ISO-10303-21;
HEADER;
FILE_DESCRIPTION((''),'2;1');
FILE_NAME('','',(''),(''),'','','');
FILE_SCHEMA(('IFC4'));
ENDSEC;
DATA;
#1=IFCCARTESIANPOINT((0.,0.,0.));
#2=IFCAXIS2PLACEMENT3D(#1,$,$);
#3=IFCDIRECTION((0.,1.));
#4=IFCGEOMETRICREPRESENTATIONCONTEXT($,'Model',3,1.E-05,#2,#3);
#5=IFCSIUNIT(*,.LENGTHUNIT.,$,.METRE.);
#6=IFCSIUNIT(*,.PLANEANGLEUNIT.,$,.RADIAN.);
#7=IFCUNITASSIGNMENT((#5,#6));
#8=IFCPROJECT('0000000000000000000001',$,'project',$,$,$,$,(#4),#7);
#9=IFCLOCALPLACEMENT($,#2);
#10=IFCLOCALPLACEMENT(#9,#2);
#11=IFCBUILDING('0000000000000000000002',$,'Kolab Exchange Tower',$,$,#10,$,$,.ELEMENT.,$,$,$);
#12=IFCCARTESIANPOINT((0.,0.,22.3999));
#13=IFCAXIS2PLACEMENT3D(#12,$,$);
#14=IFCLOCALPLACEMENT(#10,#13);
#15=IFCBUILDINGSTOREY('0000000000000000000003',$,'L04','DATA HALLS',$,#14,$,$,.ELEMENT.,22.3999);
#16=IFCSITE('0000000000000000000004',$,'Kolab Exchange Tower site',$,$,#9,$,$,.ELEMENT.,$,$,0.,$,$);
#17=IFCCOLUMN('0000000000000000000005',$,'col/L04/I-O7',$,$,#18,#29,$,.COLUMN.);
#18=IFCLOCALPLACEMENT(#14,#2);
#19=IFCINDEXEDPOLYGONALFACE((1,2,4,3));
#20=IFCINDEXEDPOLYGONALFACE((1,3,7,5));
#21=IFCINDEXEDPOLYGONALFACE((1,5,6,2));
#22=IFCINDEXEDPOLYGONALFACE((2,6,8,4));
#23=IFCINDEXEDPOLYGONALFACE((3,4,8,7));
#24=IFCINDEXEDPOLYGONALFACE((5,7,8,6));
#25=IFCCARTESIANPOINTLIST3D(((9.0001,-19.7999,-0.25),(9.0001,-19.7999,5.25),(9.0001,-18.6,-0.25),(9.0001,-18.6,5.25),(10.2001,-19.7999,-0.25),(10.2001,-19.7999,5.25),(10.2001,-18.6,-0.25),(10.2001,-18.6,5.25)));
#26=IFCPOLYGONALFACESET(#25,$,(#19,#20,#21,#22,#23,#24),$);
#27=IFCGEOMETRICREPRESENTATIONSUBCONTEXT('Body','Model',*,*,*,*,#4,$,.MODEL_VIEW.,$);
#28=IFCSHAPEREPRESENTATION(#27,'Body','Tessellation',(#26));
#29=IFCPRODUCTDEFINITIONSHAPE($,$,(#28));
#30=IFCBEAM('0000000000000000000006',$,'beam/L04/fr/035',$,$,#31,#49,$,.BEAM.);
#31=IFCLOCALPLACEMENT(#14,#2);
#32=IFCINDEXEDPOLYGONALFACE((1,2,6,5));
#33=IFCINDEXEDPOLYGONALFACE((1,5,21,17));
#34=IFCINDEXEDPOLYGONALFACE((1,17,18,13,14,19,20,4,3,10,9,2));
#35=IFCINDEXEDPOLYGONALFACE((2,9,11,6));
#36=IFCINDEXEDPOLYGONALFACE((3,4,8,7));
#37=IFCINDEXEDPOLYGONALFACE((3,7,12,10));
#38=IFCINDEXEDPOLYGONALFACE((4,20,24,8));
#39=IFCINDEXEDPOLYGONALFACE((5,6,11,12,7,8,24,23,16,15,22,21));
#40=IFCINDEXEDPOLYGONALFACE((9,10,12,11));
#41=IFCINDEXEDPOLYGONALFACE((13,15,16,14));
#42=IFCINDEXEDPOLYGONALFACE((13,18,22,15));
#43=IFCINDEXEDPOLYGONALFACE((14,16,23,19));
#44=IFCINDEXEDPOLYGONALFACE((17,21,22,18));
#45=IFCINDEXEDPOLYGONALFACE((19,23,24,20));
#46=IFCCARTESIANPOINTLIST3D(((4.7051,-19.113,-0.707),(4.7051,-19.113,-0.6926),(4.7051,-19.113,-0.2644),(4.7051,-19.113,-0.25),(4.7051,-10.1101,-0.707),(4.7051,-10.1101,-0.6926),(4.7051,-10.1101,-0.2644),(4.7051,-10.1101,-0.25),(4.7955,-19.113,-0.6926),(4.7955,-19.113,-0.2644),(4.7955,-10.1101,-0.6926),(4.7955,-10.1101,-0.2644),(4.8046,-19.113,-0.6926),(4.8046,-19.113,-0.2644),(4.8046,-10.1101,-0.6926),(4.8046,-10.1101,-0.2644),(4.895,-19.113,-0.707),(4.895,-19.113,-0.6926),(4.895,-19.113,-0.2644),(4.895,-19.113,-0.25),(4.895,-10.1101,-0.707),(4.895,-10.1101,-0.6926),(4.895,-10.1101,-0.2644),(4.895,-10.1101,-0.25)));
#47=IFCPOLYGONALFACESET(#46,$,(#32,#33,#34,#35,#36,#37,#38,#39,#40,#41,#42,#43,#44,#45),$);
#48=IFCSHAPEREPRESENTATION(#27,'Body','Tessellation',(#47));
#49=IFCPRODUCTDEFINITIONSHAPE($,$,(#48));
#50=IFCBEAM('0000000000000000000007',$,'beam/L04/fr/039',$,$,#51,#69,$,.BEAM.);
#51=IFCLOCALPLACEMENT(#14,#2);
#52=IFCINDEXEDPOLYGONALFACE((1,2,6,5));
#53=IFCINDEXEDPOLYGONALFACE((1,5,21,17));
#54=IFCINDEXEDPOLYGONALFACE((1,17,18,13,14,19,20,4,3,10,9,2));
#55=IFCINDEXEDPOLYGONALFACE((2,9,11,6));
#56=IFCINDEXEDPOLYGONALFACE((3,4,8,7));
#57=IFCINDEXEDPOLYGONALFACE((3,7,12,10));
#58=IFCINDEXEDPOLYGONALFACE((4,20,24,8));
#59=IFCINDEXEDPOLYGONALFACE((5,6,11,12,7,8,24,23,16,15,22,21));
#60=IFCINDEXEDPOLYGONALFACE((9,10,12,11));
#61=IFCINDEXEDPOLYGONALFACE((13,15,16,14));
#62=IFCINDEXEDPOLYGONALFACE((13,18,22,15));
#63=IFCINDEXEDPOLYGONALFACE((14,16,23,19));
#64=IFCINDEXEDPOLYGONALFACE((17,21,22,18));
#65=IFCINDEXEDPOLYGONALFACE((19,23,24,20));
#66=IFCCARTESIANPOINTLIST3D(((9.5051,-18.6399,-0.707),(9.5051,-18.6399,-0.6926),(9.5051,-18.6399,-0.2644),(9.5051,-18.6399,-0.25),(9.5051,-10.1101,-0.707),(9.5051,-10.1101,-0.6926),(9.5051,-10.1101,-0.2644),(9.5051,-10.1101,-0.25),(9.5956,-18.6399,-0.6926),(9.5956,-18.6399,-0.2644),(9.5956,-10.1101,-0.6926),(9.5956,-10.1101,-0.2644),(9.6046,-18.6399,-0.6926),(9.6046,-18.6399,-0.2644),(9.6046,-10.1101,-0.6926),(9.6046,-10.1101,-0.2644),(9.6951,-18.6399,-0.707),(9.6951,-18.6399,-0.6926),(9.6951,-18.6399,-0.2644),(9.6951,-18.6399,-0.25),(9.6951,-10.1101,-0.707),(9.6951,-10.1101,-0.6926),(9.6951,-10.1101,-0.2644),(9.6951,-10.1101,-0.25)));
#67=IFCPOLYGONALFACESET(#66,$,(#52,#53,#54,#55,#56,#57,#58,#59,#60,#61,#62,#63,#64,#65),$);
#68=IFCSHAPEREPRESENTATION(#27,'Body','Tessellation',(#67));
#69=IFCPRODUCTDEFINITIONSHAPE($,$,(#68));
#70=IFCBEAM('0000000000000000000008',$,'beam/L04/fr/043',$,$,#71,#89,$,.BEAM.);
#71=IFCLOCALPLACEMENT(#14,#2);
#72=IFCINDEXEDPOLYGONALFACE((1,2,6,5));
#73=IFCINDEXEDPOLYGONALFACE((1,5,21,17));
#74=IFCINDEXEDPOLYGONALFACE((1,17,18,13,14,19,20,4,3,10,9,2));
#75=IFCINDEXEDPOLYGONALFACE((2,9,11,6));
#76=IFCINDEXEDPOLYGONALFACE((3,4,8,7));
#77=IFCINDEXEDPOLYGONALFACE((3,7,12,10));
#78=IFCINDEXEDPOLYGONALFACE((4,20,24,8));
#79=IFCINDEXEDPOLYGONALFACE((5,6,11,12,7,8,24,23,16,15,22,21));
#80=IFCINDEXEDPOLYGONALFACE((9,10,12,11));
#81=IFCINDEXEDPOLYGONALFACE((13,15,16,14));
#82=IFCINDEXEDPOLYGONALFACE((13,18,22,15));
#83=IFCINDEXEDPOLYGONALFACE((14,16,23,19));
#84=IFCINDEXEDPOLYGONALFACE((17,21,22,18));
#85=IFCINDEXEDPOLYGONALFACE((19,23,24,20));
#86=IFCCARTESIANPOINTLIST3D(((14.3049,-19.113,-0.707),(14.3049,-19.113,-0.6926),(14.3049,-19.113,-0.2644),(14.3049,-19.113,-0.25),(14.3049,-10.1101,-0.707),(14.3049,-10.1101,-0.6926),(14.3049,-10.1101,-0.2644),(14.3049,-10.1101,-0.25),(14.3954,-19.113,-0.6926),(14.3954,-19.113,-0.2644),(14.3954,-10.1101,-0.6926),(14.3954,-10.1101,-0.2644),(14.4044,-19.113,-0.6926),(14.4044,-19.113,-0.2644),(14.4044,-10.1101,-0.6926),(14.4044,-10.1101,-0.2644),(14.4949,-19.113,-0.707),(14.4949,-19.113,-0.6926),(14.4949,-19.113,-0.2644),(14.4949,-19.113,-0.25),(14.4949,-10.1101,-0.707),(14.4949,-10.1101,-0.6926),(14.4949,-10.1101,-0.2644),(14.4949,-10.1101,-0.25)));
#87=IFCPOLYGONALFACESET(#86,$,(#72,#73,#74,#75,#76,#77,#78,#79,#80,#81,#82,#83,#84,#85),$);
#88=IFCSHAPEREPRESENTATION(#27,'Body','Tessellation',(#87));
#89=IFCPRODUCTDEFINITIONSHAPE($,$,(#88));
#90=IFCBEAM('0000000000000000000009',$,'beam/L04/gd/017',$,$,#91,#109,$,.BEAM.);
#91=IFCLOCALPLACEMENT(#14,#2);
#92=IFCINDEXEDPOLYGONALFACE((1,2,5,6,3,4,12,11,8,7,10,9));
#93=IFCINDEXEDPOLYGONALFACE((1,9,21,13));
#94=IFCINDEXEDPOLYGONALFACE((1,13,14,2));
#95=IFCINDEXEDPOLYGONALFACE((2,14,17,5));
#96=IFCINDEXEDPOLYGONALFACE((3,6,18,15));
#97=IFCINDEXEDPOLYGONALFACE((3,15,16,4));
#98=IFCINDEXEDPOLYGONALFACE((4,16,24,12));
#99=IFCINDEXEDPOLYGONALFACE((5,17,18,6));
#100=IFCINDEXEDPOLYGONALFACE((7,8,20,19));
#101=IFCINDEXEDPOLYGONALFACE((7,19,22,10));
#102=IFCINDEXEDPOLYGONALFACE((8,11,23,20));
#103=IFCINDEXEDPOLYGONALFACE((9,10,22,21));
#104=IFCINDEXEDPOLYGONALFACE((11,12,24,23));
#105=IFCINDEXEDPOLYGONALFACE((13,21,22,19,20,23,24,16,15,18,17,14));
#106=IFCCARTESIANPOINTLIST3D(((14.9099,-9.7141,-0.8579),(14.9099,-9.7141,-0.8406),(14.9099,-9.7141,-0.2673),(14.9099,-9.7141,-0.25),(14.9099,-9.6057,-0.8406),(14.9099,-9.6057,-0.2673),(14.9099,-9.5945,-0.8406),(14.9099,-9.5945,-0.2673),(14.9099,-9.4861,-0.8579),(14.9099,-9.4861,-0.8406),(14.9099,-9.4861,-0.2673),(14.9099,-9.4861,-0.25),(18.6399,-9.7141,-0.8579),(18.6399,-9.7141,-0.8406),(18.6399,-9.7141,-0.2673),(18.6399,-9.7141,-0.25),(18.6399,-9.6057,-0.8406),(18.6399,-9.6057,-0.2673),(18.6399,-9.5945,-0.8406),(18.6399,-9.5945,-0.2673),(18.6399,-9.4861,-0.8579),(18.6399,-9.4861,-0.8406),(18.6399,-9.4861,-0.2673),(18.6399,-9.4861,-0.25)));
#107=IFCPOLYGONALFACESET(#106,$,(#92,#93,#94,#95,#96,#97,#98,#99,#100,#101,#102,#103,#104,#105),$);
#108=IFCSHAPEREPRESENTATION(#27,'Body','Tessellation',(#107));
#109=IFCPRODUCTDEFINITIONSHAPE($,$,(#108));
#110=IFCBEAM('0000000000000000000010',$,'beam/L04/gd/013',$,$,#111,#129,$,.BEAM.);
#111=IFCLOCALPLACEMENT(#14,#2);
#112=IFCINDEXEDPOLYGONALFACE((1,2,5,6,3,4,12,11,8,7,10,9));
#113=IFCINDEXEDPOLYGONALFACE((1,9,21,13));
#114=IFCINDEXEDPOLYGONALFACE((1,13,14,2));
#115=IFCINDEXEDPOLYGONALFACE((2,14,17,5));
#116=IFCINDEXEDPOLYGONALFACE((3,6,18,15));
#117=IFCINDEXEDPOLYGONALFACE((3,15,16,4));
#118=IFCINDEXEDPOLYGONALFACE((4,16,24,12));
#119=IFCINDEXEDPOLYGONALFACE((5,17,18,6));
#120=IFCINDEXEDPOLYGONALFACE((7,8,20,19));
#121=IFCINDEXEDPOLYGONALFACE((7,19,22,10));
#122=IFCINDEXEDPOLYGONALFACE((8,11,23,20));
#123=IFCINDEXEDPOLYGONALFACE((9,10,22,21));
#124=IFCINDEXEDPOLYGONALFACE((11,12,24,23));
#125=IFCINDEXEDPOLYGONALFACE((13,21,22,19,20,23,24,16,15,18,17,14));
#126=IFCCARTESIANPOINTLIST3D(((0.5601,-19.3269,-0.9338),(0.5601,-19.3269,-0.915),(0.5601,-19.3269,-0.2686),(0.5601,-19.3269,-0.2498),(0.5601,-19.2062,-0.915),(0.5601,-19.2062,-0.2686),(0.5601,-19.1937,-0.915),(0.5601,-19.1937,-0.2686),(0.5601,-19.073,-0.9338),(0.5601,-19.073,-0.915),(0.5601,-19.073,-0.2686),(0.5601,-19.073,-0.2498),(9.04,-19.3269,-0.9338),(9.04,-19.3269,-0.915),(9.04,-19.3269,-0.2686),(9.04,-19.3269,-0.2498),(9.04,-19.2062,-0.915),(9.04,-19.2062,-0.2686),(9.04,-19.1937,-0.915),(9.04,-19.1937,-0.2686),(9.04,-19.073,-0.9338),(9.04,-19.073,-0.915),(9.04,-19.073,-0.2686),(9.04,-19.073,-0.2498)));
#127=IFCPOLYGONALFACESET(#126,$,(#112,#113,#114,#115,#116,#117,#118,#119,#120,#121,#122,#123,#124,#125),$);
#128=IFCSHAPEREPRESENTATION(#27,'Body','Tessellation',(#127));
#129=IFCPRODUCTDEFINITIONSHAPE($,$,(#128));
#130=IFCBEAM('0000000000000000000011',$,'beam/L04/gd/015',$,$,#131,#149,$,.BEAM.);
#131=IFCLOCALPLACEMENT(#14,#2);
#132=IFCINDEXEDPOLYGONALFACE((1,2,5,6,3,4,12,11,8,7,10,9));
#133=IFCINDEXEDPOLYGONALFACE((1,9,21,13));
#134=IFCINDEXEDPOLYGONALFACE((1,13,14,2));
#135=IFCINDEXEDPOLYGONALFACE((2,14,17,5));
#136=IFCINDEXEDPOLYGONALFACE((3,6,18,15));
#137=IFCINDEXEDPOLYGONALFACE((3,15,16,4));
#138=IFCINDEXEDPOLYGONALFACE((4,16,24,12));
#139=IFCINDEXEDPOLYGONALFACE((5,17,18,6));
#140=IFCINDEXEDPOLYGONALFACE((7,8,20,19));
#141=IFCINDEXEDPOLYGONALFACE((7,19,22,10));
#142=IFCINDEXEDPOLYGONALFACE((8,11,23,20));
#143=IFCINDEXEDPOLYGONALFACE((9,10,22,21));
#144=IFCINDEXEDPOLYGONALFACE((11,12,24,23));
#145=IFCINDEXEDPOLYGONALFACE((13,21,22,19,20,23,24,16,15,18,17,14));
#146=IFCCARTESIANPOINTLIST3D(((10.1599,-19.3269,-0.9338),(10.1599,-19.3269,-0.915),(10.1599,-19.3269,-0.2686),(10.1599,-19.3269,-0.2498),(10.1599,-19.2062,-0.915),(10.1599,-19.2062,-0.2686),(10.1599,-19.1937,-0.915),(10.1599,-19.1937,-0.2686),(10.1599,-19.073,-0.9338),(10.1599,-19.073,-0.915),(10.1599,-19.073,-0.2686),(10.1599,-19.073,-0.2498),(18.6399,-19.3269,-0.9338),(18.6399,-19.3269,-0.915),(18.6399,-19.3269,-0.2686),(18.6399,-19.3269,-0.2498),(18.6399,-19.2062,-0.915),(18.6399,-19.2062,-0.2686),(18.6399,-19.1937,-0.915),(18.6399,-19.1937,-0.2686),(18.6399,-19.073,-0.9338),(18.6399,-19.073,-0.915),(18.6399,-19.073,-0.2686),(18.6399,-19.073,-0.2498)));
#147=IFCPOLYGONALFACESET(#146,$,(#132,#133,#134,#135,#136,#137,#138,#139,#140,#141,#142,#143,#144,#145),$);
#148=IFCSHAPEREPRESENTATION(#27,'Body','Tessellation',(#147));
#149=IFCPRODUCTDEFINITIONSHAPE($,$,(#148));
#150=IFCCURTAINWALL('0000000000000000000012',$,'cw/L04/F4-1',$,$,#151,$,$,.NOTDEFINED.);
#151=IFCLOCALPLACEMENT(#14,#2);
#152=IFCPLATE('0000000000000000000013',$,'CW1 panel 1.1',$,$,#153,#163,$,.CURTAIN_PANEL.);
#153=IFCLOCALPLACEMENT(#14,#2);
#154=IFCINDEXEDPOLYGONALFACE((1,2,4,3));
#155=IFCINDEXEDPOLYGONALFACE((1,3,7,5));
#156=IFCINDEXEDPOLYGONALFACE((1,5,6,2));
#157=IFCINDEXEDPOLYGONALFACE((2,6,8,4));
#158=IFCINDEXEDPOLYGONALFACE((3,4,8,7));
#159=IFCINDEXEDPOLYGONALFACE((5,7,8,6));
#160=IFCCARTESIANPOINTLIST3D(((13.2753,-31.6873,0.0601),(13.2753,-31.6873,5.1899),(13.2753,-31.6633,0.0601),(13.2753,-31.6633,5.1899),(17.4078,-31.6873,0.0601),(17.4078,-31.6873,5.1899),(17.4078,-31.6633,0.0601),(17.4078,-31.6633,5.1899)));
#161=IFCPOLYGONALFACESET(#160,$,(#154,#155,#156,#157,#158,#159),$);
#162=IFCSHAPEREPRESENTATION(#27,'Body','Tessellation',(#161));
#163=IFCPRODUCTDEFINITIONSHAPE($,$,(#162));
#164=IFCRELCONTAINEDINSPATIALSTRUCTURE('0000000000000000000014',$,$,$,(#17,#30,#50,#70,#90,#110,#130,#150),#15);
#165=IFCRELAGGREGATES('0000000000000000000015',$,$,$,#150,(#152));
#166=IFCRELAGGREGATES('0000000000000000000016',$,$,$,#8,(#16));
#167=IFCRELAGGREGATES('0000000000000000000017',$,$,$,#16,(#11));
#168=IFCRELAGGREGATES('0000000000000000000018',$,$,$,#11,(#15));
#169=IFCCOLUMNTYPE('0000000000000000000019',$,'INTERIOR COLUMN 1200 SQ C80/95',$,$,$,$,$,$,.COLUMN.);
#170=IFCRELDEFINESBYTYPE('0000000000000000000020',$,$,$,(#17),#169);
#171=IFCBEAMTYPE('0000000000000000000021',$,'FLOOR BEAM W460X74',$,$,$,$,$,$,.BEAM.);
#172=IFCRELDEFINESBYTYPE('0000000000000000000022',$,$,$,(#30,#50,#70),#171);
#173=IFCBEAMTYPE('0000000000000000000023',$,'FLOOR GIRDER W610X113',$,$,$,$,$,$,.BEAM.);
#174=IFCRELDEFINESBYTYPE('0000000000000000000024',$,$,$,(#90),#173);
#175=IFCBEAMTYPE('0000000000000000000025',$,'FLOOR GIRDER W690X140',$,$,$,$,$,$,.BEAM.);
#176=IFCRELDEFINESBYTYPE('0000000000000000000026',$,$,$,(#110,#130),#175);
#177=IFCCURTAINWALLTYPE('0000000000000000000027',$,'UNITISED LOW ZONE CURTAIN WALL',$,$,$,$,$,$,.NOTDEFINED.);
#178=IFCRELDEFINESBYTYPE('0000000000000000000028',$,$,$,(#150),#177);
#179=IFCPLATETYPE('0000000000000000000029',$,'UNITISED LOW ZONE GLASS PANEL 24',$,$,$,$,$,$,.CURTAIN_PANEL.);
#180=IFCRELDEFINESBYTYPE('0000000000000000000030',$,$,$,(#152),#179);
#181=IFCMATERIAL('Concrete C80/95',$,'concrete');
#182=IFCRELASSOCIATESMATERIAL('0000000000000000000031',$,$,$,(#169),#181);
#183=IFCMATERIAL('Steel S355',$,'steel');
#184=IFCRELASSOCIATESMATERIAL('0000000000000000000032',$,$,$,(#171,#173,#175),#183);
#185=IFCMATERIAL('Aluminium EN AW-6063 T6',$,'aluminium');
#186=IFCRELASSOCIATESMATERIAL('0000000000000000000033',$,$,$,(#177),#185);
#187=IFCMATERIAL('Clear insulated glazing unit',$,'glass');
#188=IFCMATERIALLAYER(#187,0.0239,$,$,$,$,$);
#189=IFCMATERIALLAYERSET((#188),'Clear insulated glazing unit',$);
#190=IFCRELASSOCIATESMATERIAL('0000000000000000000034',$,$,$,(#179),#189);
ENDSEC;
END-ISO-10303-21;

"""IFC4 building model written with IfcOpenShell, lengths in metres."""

from ifc_helpers import new_model, si_unit, direction, frame, origin, origin_2d, place, context, subcontext, project, spatial, rectangle, i_section, extrude, material, layer, layer_set, material_profile, profile_set, type_object, element, aggregate, save


model = new_model("IFC4")

# Units and contexts
model_context = context("Model", 3, precision=1e-05, world=origin(), true_north=direction((0.0, 1.0)))
body_context = subcontext(model_context, "Body", "Model", "MODEL_VIEW")
ifc_project = project(units=[si_unit("LENGTHUNIT", "METRE"), si_unit("PLANEANGLEUNIT", "RADIAN")], contexts=[model_context])

# Site, building, storey
site_placement = place(None, origin())
site = spatial("IfcSite", under=ifc_project, at=site_placement, Name="Kolab Exchange Tower site", CompositionType="ELEMENT", RefElevation=0.0)
building_placement = place(site_placement, origin())
building = spatial("IfcBuilding", under=site, at=building_placement, Name="Kolab Exchange Tower", CompositionType="ELEMENT")
storey_placement = place(building_placement, frame((0.0, 0.0, 22.3999)))
storey = spatial("IfcBuildingStorey", under=building, at=storey_placement, Name="L04", Description="DATA HALLS", CompositionType="ELEMENT", Elevation=22.3999)

# Column
ifc_material_1 = material(Name="Concrete C80/95", Category="concrete")
ifc_material_profile_1 = material_profile(ifc_material_1, rectangle(XDim=1.2, YDim=1.2, at=origin_2d()), Name="RC1200")
ifc_profile_set_1 = profile_set([ifc_material_profile_1], Name="Concrete C80/95")
column_type = type_object("IfcColumnType", Name="INTERIOR COLUMN 1200 SQ C80/95", PredefinedType="COLUMN", material=ifc_profile_set_1)
column_placement = place(storey_placement, frame((9.6001, -19.2, -0.25), z_axis=(0.0, 0.0, 1.0), x_axis=(1.0, 0.0, 0.0)))
element("IfcColumn", 1, at=column_placement, inside=storey, type_object=column_type, Name="col/L04/I-O7", PredefinedType="COLUMN", context=body_context, shape_type="SweptSolid", body=[
    extrude(rectangle(XDim=1.2, YDim=1.2, at=origin_2d()), origin(), (0.0, 0.0, 1.0), 5.5),
])

# Beams
ifc_material_2 = material(Name="Steel S355", Category="steel")
ifc_material_profile_2 = material_profile(ifc_material_2, i_section(OverallWidth=0.1899, OverallDepth=0.457, WebThickness=0.009, FlangeThickness=0.0144, at=origin_2d()), Name="W460X74")
ifc_profile_set_2 = profile_set([ifc_material_profile_2], Name="Steel S355")
beam_type_1 = type_object("IfcBeamType", Name="FLOOR BEAM W460X74", PredefinedType="BEAM", material=ifc_profile_set_2)
beam_1_placement = place(storey_placement, frame((4.8, -19.113, -0.4785), z_axis=(0.0, 1.0, 0.0), x_axis=(-1.0, 0.0, 0.0)))
element("IfcBeam", 2, at=beam_1_placement, inside=storey, type_object=beam_type_1, Name="beam/L04/fr/035", PredefinedType="BEAM", context=body_context, shape_type="SweptSolid", body=[
    extrude(i_section(OverallWidth=0.1899, OverallDepth=0.457, WebThickness=0.009, FlangeThickness=0.0144, at=origin_2d()), origin(), (0.0, 0.0, 1.0), 9.0029),
])
beam_2_placement = place(storey_placement, frame((9.6001, -18.6399, -0.4785), z_axis=(0.0, 1.0, 0.0), x_axis=(-1.0, 0.0, 0.0)))
element("IfcBeam", 3, at=beam_2_placement, inside=storey, type_object=beam_type_1, Name="beam/L04/fr/039", PredefinedType="BEAM", context=body_context, shape_type="SweptSolid", body=[
    extrude(i_section(OverallWidth=0.1899, OverallDepth=0.457, WebThickness=0.009, FlangeThickness=0.0144, at=origin_2d()), origin(), (0.0, 0.0, 1.0), 8.5298),
])
beam_3_placement = place(storey_placement, frame((14.3999, -19.113, -0.4785), z_axis=(0.0, 1.0, 0.0), x_axis=(-1.0, 0.0, 0.0)))
element("IfcBeam", 4, at=beam_3_placement, inside=storey, type_object=beam_type_1, Name="beam/L04/fr/043", PredefinedType="BEAM", context=body_context, shape_type="SweptSolid", body=[
    extrude(i_section(OverallWidth=0.1899, OverallDepth=0.457, WebThickness=0.009, FlangeThickness=0.0144, at=origin_2d()), origin(), (0.0, 0.0, 1.0), 9.0029),
])
ifc_material_profile_3 = material_profile(ifc_material_2, i_section(OverallWidth=0.228, OverallDepth=0.6079, WebThickness=0.0112, FlangeThickness=0.0173, at=origin_2d()), Name="W610X113")
ifc_profile_set_3 = profile_set([ifc_material_profile_3], Name="Steel S355")
beam_type_2 = type_object("IfcBeamType", Name="FLOOR GIRDER W610X113", PredefinedType="BEAM", material=ifc_profile_set_3)
beam_4_placement = place(storey_placement, frame((14.9099, -9.6001, -0.554), z_axis=(1.0, 0.0, 0.0), x_axis=(0.0, 1.0, 0.0)))
element("IfcBeam", 5, at=beam_4_placement, inside=storey, type_object=beam_type_2, Name="beam/L04/gd/017", PredefinedType="BEAM", context=body_context, shape_type="SweptSolid", body=[
    extrude(i_section(OverallWidth=0.228, OverallDepth=0.6079, WebThickness=0.0112, FlangeThickness=0.0173, at=origin_2d()), origin(), (0.0, 0.0, 1.0), 3.73),
])
ifc_material_profile_4 = material_profile(ifc_material_2, i_section(OverallWidth=0.2539, OverallDepth=0.6841, WebThickness=0.0125, FlangeThickness=0.0188, at=origin_2d()), Name="W690X140")
ifc_profile_set_4 = profile_set([ifc_material_profile_4], Name="Steel S355")
beam_type_3 = type_object("IfcBeamType", Name="FLOOR GIRDER W690X140", PredefinedType="BEAM", material=ifc_profile_set_4)
for number, where, z_axis, x_axis, name in (
    (6, (0.5601, -19.2, -0.5918), (1.0, 0.0, 0.0), (0.0, 1.0, 0.0), "beam/L04/gd/013"),
    (7, (10.1599, -19.2, -0.5918), (1.0, 0.0, 0.0), (0.0, 1.0, 0.0), "beam/L04/gd/015"),
):
    element("IfcBeam", number, at=place(storey_placement, frame(where, z_axis=z_axis, x_axis=x_axis)), inside=storey, type_object=beam_type_3, Name=name, PredefinedType="BEAM", context=body_context, shape_type="SweptSolid", body=[
        extrude(i_section(OverallWidth=0.2539, OverallDepth=0.6841, WebThickness=0.0125, FlangeThickness=0.0188, at=origin_2d()), origin(), (0.0, 0.0, 1.0), 8.48),
    ])

# Curtain wall, plate
ifc_material_3 = material(Name="Aluminium EN AW-6063 T6", Category="aluminium")
curtain_wall_type = type_object("IfcCurtainWallType", Name="UNITISED LOW ZONE CURTAIN WALL", PredefinedType="NOTDEFINED", material=ifc_material_3)
curtain_wall_placement = place(storey_placement, origin())
curtain_wall = element("IfcCurtainWall", 8, at=curtain_wall_placement, inside=storey, type_object=curtain_wall_type, Name="cw/L04/F4-1", PredefinedType="NOTDEFINED")
ifc_material_4 = material(Name="Clear insulated glazing unit", Category="glass")
ifc_layer_1 = layer(ifc_material_4, 0.0239)
ifc_layer_set_1 = layer_set([ifc_layer_1], Name="Clear insulated glazing unit")
plate_type = type_object("IfcPlateType", Name="UNITISED LOW ZONE GLASS PANEL 24", PredefinedType="CURTAIN_PANEL", material=ifc_layer_set_1)
plate_placement = place(storey_placement, frame((15.3416, -31.6753, 0.0601), z_axis=(0.0, 0.0, 1.0), x_axis=(-1.0, 0.0, 0.0)))
plate = element("IfcPlate", 9, at=plate_placement, type_object=plate_type, Name="CW1 panel 1.1", PredefinedType="CURTAIN_PANEL", context=body_context, shape_type="SweptSolid", body=[
    extrude(rectangle(XDim=4.1326, YDim=0.0239, at=origin_2d()), origin(), (0.0, 0.0, 1.0), 5.1299),
])
aggregate(curtain_wall, [plate])

save(model, "model.ifc")
